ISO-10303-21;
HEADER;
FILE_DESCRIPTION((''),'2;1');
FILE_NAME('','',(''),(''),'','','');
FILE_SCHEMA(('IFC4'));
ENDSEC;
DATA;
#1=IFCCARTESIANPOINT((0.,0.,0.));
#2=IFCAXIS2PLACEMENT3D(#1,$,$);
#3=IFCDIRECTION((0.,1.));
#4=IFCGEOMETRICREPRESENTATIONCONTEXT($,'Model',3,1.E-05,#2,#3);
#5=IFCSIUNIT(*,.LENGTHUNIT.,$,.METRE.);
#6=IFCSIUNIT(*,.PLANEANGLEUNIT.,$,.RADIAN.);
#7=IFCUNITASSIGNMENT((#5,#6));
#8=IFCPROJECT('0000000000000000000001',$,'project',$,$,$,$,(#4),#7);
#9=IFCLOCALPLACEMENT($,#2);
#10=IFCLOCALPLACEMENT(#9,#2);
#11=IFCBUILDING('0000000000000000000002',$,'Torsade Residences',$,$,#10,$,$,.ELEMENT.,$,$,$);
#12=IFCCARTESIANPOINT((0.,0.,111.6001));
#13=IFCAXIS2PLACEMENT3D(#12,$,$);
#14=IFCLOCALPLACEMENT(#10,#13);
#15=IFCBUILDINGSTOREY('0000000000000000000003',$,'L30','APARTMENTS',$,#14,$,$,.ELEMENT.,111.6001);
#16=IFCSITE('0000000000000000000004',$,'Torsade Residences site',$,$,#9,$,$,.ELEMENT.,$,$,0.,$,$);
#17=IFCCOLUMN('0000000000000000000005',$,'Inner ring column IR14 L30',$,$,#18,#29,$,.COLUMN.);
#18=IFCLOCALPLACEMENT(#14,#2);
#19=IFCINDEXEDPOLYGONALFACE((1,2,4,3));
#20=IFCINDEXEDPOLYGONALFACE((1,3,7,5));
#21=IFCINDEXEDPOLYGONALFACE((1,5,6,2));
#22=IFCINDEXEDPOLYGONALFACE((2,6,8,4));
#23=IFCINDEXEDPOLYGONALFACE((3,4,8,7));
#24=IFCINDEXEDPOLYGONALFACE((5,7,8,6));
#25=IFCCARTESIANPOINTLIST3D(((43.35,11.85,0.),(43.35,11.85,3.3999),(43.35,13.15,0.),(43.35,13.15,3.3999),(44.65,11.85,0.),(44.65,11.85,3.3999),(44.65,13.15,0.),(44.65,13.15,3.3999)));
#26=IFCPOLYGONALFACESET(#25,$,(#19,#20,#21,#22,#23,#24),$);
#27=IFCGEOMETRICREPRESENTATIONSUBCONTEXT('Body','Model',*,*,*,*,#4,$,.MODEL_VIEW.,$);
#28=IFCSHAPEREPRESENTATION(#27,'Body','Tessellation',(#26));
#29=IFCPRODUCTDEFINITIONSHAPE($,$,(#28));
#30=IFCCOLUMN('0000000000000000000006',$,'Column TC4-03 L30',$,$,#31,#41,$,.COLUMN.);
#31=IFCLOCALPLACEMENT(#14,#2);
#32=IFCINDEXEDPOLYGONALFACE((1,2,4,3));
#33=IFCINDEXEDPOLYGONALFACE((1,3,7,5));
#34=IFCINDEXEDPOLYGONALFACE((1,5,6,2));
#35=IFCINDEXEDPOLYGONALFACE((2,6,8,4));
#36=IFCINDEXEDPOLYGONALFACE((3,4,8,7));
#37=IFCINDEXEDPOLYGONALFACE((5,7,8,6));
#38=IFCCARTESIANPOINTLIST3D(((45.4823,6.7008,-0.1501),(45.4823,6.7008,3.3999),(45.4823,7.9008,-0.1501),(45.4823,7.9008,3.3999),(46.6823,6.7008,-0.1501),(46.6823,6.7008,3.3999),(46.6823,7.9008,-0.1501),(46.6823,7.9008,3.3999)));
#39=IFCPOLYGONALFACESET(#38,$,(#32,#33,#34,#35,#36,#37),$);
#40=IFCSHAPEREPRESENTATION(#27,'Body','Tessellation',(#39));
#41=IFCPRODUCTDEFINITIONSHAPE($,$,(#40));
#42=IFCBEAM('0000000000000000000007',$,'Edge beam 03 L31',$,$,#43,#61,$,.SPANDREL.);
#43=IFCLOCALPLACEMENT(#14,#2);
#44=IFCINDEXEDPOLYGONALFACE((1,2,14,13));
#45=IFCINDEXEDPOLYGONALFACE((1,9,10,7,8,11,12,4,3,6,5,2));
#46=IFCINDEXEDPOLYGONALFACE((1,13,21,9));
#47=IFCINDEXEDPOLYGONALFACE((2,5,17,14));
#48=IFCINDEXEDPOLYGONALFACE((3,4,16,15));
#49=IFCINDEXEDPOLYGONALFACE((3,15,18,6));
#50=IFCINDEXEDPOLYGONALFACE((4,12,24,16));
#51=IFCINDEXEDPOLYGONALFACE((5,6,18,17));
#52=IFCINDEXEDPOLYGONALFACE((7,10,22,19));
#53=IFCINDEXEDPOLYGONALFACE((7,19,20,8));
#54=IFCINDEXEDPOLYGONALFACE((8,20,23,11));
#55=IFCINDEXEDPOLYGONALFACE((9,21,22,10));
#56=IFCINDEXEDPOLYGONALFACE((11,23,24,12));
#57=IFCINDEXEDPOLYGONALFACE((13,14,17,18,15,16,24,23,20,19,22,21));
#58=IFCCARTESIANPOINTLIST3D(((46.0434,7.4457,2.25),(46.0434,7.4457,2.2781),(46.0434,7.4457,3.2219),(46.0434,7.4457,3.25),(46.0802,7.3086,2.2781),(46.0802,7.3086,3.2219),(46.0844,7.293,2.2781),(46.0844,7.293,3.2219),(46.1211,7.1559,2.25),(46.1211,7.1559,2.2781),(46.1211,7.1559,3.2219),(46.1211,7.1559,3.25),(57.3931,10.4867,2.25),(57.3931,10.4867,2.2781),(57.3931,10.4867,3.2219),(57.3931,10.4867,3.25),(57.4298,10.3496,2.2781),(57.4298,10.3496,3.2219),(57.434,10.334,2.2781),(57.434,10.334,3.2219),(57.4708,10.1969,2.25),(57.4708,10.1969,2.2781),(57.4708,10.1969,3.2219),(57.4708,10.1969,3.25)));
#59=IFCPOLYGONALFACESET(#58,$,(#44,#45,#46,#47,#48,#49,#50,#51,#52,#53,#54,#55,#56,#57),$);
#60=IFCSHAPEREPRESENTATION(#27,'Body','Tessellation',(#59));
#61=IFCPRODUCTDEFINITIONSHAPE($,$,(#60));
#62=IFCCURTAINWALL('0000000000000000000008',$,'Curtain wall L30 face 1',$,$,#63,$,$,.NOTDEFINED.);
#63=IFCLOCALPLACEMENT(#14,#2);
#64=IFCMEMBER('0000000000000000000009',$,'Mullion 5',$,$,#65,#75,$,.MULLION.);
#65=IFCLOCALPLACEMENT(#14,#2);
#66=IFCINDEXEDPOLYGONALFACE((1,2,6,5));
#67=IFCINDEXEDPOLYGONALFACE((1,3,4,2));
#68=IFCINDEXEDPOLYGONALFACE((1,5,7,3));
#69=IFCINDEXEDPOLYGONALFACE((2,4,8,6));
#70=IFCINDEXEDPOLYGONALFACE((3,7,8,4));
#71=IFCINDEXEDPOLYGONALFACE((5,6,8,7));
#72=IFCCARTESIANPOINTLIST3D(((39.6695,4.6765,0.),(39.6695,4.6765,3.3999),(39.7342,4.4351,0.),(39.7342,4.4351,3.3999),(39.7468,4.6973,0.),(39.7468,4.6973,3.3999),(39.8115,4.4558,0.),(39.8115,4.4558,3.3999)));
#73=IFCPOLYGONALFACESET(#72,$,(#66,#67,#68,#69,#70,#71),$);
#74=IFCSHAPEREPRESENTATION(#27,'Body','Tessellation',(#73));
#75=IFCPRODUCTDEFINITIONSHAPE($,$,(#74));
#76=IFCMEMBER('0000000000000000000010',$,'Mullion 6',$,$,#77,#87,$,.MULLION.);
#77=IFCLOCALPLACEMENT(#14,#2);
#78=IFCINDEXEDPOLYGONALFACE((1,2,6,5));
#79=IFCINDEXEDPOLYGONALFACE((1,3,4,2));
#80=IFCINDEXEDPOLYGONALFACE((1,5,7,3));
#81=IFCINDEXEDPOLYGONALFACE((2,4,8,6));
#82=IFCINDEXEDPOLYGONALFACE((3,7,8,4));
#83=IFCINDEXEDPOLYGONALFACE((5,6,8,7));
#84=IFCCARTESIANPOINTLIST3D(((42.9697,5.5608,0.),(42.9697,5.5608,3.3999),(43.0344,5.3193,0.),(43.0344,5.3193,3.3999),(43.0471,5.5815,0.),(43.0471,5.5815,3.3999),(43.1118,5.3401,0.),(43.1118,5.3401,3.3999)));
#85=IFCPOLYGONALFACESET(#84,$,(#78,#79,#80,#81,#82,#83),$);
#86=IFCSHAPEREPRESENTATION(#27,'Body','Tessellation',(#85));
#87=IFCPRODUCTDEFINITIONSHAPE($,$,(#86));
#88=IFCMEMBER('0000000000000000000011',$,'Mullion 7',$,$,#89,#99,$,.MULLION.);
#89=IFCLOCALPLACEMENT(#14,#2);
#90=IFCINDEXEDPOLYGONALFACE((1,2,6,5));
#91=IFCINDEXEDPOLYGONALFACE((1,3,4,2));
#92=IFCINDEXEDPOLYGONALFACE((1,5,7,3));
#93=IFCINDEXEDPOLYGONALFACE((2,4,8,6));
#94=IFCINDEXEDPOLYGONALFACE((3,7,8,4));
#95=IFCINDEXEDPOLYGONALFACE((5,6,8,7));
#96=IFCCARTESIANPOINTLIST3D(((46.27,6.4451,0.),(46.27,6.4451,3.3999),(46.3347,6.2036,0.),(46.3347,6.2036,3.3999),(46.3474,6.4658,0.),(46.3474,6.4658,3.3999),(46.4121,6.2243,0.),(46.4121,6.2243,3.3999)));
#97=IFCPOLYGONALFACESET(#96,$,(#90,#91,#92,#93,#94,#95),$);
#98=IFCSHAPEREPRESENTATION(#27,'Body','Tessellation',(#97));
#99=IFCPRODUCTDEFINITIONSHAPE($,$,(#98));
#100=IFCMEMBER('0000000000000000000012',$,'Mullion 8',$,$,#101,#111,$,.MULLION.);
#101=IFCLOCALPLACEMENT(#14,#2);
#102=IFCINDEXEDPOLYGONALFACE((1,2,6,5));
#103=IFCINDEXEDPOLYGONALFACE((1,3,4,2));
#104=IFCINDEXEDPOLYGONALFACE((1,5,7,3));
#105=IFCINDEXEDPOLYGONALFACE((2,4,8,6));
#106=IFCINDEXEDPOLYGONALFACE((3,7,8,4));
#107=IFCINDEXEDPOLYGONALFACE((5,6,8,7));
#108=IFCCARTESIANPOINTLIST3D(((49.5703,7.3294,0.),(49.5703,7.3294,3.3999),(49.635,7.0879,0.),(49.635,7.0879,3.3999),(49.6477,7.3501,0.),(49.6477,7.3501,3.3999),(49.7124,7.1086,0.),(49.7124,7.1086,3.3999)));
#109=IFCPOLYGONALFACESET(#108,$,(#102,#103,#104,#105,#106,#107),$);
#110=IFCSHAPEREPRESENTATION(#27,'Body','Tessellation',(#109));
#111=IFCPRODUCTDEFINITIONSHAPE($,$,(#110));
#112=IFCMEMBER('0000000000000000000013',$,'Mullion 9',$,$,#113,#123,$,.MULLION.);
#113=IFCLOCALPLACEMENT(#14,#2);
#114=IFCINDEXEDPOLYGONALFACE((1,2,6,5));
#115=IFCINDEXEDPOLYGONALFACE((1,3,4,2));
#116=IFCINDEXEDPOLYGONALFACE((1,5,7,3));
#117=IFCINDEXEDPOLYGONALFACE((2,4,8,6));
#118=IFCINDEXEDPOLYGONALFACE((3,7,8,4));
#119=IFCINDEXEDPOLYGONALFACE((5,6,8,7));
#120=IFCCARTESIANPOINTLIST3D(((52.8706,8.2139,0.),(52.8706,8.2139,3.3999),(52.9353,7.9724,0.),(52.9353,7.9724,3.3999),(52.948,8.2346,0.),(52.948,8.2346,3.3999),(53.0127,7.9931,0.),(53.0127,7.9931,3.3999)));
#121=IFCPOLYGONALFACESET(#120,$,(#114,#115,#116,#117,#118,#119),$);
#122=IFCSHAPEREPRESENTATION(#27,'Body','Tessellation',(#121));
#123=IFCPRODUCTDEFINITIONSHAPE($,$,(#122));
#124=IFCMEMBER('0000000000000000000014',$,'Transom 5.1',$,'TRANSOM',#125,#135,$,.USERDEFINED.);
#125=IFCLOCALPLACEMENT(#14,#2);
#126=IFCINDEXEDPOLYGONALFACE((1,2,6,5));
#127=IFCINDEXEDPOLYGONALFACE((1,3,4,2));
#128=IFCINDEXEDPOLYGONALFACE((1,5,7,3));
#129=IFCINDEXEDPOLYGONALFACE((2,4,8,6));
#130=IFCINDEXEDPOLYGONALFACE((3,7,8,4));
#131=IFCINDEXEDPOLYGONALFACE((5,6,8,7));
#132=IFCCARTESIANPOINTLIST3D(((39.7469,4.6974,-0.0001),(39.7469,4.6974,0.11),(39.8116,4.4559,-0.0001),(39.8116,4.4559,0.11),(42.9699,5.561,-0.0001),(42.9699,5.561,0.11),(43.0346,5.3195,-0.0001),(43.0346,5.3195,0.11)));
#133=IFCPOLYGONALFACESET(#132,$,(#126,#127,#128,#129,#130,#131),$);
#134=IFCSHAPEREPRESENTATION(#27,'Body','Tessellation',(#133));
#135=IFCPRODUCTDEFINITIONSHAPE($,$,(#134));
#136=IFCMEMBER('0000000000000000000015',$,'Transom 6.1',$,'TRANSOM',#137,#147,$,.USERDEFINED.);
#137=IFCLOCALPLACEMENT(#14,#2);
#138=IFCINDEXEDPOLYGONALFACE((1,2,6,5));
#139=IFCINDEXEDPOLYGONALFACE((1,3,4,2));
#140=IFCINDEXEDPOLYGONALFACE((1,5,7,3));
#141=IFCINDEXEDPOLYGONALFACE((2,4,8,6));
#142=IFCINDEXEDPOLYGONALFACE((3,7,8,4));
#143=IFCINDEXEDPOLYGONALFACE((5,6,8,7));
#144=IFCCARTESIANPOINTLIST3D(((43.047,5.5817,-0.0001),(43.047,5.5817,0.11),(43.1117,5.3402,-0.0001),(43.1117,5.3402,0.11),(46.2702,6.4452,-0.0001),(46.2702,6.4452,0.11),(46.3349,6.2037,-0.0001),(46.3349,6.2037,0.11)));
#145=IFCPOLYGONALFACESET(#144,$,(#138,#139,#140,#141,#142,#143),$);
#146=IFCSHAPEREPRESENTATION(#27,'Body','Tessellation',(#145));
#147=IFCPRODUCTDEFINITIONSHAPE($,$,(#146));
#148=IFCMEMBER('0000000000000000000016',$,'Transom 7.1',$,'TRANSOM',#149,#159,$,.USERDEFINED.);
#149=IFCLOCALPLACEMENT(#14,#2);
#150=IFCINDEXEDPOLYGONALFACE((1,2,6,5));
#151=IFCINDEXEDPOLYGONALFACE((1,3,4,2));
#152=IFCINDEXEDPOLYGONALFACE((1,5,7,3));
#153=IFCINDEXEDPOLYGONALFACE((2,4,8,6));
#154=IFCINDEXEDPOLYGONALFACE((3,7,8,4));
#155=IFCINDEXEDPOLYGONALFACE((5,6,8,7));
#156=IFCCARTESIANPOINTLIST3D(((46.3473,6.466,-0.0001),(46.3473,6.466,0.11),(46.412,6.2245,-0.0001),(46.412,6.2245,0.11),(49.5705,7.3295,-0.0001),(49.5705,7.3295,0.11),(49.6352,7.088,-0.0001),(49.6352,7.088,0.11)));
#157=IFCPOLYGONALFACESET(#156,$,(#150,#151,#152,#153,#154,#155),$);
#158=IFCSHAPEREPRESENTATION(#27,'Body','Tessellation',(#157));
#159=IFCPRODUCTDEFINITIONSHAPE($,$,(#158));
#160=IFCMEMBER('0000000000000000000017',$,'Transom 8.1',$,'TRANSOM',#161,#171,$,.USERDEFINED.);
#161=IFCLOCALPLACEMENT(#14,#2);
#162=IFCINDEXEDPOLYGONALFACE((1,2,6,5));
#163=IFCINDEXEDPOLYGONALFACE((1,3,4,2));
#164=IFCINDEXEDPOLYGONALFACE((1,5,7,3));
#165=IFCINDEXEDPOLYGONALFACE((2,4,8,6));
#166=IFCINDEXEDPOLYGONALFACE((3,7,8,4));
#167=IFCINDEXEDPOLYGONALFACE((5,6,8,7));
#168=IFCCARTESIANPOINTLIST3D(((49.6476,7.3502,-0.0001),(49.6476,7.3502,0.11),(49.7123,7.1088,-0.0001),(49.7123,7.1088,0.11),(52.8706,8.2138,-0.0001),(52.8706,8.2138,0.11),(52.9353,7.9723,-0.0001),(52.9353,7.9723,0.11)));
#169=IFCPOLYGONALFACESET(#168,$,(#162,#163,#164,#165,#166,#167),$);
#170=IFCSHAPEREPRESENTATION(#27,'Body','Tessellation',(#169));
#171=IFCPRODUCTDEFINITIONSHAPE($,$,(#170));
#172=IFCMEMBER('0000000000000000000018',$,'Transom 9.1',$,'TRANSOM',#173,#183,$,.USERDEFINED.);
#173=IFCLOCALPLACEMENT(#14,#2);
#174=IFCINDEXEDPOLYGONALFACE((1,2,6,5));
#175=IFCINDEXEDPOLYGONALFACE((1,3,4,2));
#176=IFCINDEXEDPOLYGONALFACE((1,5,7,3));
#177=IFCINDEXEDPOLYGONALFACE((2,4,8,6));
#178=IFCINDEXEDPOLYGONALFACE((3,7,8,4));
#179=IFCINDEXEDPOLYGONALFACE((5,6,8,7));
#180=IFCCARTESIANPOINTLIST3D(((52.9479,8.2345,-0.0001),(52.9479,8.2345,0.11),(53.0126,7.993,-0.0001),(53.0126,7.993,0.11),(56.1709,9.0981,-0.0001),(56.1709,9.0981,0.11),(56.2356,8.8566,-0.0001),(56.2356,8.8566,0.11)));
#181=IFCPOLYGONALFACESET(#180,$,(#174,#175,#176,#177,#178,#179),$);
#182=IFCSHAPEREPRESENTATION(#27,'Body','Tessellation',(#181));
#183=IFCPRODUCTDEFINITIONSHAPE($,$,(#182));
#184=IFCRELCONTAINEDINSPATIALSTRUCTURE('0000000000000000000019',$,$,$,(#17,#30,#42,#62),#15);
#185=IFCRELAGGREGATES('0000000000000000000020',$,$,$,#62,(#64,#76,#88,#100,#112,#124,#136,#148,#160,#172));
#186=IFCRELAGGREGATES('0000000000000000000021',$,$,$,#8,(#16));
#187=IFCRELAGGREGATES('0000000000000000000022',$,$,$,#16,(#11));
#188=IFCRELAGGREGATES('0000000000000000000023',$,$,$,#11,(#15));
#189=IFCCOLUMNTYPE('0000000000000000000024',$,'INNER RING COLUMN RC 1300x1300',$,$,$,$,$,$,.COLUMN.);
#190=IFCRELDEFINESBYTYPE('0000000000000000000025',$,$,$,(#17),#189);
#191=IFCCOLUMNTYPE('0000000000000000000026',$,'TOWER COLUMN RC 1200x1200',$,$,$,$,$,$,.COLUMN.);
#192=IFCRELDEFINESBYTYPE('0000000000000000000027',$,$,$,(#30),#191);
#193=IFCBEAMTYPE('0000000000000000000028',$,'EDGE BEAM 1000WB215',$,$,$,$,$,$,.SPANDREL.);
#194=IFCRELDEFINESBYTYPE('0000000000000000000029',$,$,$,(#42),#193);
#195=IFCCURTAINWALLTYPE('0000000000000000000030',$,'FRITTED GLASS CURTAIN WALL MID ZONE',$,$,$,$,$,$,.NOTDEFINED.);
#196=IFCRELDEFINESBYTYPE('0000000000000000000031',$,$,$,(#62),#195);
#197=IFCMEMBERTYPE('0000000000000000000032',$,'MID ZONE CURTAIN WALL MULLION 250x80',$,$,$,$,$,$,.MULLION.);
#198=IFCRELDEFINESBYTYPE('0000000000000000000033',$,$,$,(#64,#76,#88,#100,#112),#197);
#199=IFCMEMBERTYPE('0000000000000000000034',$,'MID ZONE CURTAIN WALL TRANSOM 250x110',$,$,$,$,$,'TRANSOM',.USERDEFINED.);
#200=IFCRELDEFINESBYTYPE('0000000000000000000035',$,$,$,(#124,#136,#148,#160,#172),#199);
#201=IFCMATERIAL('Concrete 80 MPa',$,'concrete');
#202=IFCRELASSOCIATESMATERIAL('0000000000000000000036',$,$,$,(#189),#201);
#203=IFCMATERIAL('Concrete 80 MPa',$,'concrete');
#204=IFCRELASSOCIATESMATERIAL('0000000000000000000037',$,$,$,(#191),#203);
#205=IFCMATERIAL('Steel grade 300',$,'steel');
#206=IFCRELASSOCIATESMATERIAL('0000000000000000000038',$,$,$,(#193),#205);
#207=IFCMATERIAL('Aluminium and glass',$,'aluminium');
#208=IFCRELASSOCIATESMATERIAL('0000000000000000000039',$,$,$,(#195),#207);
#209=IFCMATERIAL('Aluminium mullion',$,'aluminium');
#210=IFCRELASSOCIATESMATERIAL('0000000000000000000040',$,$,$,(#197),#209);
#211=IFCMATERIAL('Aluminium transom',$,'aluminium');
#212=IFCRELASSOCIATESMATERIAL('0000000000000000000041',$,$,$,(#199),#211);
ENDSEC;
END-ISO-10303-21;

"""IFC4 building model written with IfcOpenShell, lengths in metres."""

from ifc_helpers import new_model, si_unit, direction, frame, origin, origin_2d, place, context, subcontext, project, spatial, rectangle, i_section, extrude, material, material_profile, profile_set, type_object, element, aggregate, save


model = new_model("IFC4")

# Units and contexts
model_context = context("Model", 3, precision=1e-05, world=origin(), true_north=direction((0.0, 1.0)))
body_context = subcontext(model_context, "Body", "Model", "MODEL_VIEW")
ifc_project = project(units=[si_unit("LENGTHUNIT", "METRE"), si_unit("PLANEANGLEUNIT", "RADIAN")], contexts=[model_context])

# Site, building, storey
site_placement = place(None, origin())
site = spatial("IfcSite", under=ifc_project, at=site_placement, Name="Torsade Residences site", CompositionType="ELEMENT", RefElevation=0.0)
building_placement = place(site_placement, origin())
building = spatial("IfcBuilding", under=site, at=building_placement, Name="Torsade Residences", CompositionType="ELEMENT")
storey_placement = place(building_placement, frame((0.0, 0.0, 111.6001)))
storey = spatial("IfcBuildingStorey", under=building, at=storey_placement, Name="L30", Description="APARTMENTS", CompositionType="ELEMENT", Elevation=111.6001)

# Columns
ifc_material_1 = material(Name="Concrete 80 MPa", Category="concrete")
ifc_material_profile_1 = material_profile(ifc_material_1, rectangle(XDim=1.3, YDim=1.3, at=origin_2d()), Name="RC 1300x1300")
ifc_profile_set_1 = profile_set([ifc_material_profile_1], Name="Concrete 80 MPa")
column_type_1 = type_object("IfcColumnType", Name="INNER RING COLUMN RC 1300x1300", PredefinedType="COLUMN", material=ifc_profile_set_1)
column_1_placement = place(storey_placement, frame((44.0, 12.5, 0.0), z_axis=(0.0, 0.0, 1.0), x_axis=(1.0, 0.0, 0.0)))
element("IfcColumn", 1, at=column_1_placement, inside=storey, type_object=column_type_1, Name="Inner ring column IR14 L30", PredefinedType="COLUMN", context=body_context, shape_type="SweptSolid", body=[
    extrude(rectangle(XDim=1.3, YDim=1.3, at=origin_2d()), origin(), (0.0, 0.0, 1.0), 3.3999),
])
ifc_material_2 = material(Name="Concrete 80 MPa", Category="concrete")
ifc_material_profile_2 = material_profile(ifc_material_2, rectangle(XDim=1.2, YDim=1.2, at=origin_2d()), Name="RC 1200x1200")
ifc_profile_set_2 = profile_set([ifc_material_profile_2], Name="Concrete 80 MPa")
column_type_2 = type_object("IfcColumnType", Name="TOWER COLUMN RC 1200x1200", PredefinedType="COLUMN", material=ifc_profile_set_2)
column_2_placement = place(storey_placement, frame((46.0823, 7.3008, -0.1501), z_axis=(0.0, 0.0, 1.0), x_axis=(1.0, 0.0, 0.0)))
element("IfcColumn", 2, at=column_2_placement, inside=storey, type_object=column_type_2, Name="Column TC4-03 L30", PredefinedType="COLUMN", context=body_context, shape_type="SweptSolid", body=[
    extrude(rectangle(XDim=1.2, YDim=1.2, at=origin_2d()), origin(), (0.0, 0.0, 1.0), 3.55),
])

# Beam
ifc_material_3 = material(Name="Steel grade 300", Category="steel")
ifc_material_profile_3 = material_profile(ifc_material_3, i_section(OverallWidth=0.3, OverallDepth=1.0, WebThickness=0.0161, FlangeThickness=0.0281, at=origin_2d()), Name="1000WB215")
ifc_profile_set_3 = profile_set([ifc_material_profile_3], Name="Steel grade 300")
beam_type_1 = type_object("IfcBeamType", Name="EDGE BEAM 1000WB215", PredefinedType="SPANDREL", material=ifc_profile_set_3)
beam_1_placement = place(storey_placement, frame((46.0823, 7.3008, 2.75), z_axis=(0.965928, 0.258811, 0.0), x_axis=(-0.258811, 0.965928, 0.0)))
element("IfcBeam", 3, at=beam_1_placement, inside=storey, type_object=beam_type_1, Name="Edge beam 03 L31", PredefinedType="SPANDREL", context=body_context, shape_type="SweptSolid", body=[
    extrude(i_section(OverallWidth=0.3, OverallDepth=1.0, WebThickness=0.0161, FlangeThickness=0.0281, at=origin_2d()), origin(), (0.0, 0.0, 1.0), 11.75),
])

# Curtain wall, members
ifc_material_4 = material(Name="Aluminium and glass", Category="aluminium")
curtain_wall_type = type_object("IfcCurtainWallType", Name="FRITTED GLASS CURTAIN WALL MID ZONE", PredefinedType="NOTDEFINED", material=ifc_material_4)
curtain_wall_placement = place(storey_placement, origin())
curtain_wall = element("IfcCurtainWall", 4, at=curtain_wall_placement, inside=storey, type_object=curtain_wall_type, Name="Curtain wall L30 face 1", PredefinedType="NOTDEFINED")
ifc_material_5 = material(Name="Aluminium mullion", Category="aluminium")
ifc_material_profile_4 = material_profile(ifc_material_5, rectangle(XDim=0.25, YDim=0.0801, at=origin_2d()), Name="MID ZONE CURTAIN WALL MULLION 250x80")
ifc_profile_set_4 = profile_set([ifc_material_profile_4], Name="Aluminium mullion")
member_type_1 = type_object("IfcMemberType", Name="MID ZONE CURTAIN WALL MULLION 250x80", PredefinedType="MULLION", material=ifc_profile_set_4)
member_1_placement = place(storey_placement, frame((39.7405, 4.5662, 0.0), z_axis=(0.0, 0.0, 1.0), x_axis=(-0.258819, 0.965926, 0.0)))
member_1 = element("IfcMember", 5, at=member_1_placement, type_object=member_type_1, Name="Mullion 5", PredefinedType="MULLION", context=body_context, shape_type="SweptSolid", body=[
    extrude(rectangle(XDim=0.25, YDim=0.0801, at=origin_2d()), origin(), (0.0, 0.0, 1.0), 3.3999),
])
member_2_placement = place(storey_placement, frame((43.0408, 5.4504, 0.0), z_axis=(0.0, 0.0, 1.0), x_axis=(-0.258819, 0.965926, 0.0)))
member_2 = element("IfcMember", 6, at=member_2_placement, type_object=member_type_1, Name="Mullion 6", PredefinedType="MULLION", context=body_context, shape_type="SweptSolid", body=[
    extrude(rectangle(XDim=0.25, YDim=0.0801, at=origin_2d()), origin(), (0.0, 0.0, 1.0), 3.3999),
])
member_3_placement = place(storey_placement, frame((46.3411, 6.3347, 0.0), z_axis=(0.0, 0.0, 1.0), x_axis=(-0.258819, 0.965926, 0.0)))
member_3 = element("IfcMember", 7, at=member_3_placement, type_object=member_type_1, Name="Mullion 7", PredefinedType="MULLION", context=body_context, shape_type="SweptSolid", body=[
    extrude(rectangle(XDim=0.25, YDim=0.0801, at=origin_2d()), origin(), (0.0, 0.0, 1.0), 3.3999),
])
member_4_placement = place(storey_placement, frame((49.6414, 7.219, 0.0), z_axis=(0.0, 0.0, 1.0), x_axis=(-0.258819, 0.965926, 0.0)))
member_4 = element("IfcMember", 8, at=member_4_placement, type_object=member_type_1, Name="Mullion 8", PredefinedType="MULLION", context=body_context, shape_type="SweptSolid", body=[
    extrude(rectangle(XDim=0.25, YDim=0.0801, at=origin_2d()), origin(), (0.0, 0.0, 1.0), 3.3999),
])
member_5_placement = place(storey_placement, frame((52.9417, 8.1035, 0.0), z_axis=(0.0, 0.0, 1.0), x_axis=(-0.258819, 0.965926, 0.0)))
member_5 = element("IfcMember", 9, at=member_5_placement, type_object=member_type_1, Name="Mullion 9", PredefinedType="MULLION", context=body_context, shape_type="SweptSolid", body=[
    extrude(rectangle(XDim=0.25, YDim=0.0801, at=origin_2d()), origin(), (0.0, 0.0, 1.0), 3.3999),
])
ifc_material_6 = material(Name="Aluminium transom", Category="aluminium")
ifc_material_profile_5 = material_profile(ifc_material_6, rectangle(XDim=0.25, YDim=0.1101, at=origin_2d()), Name="MID ZONE CURTAIN WALL TRANSOM 250x110")
ifc_profile_set_5 = profile_set([ifc_material_profile_5], Name="Aluminium transom")
member_type_2 = type_object("IfcMemberType", Name="MID ZONE CURTAIN WALL TRANSOM 250x110", ElementType="TRANSOM", PredefinedType="USERDEFINED", material=ifc_profile_set_5)
member_6_placement = place(storey_placement, frame((39.7793, 4.5767, 0.0549), z_axis=(0.965929, 0.258806, 0.0), x_axis=(-0.258806, 0.965929, 0.0)))
member_6 = element("IfcMember", 10, at=member_6_placement, type_object=member_type_2, Name="Transom 5.1", ObjectType="TRANSOM", PredefinedType="USERDEFINED", context=body_context, shape_type="SweptSolid", body=[
    extrude(rectangle(XDim=0.25, YDim=0.1101, at=origin_2d()), origin(), (0.0, 0.0, 1.0), 3.3367),
])
member_7_placement = place(storey_placement, frame((43.0793, 5.4609, 0.0549), z_axis=(0.965934, 0.258787, 0.0), x_axis=(-0.258787, 0.965934, 0.0)))
member_7 = element("IfcMember", 11, at=member_7_placement, type_object=member_type_2, Name="Transom 6.1", ObjectType="TRANSOM", PredefinedType="USERDEFINED", context=body_context, shape_type="SweptSolid", body=[
    extrude(rectangle(XDim=0.25, YDim=0.1101, at=origin_2d()), origin(), (0.0, 0.0, 1.0), 3.3369),
])
member_8_placement = place(storey_placement, frame((46.3796, 6.3452, 0.0549), z_axis=(0.965934, 0.258787, 0.0), x_axis=(-0.258787, 0.965934, 0.0)))
member_8 = element("IfcMember", 12, at=member_8_placement, type_object=member_type_2, Name="Transom 7.1", ObjectType="TRANSOM", PredefinedType="USERDEFINED", context=body_context, shape_type="SweptSolid", body=[
    extrude(rectangle(XDim=0.25, YDim=0.1101, at=origin_2d()), origin(), (0.0, 0.0, 1.0), 3.3369),
])
member_9_placement = place(storey_placement, frame((49.6799, 7.2295, 0.0549), z_axis=(0.965929, 0.258806, 0.0), x_axis=(-0.258806, 0.965929, 0.0)))
member_9 = element("IfcMember", 13, at=member_9_placement, type_object=member_type_2, Name="Transom 8.1", ObjectType="TRANSOM", PredefinedType="USERDEFINED", context=body_context, shape_type="SweptSolid", body=[
    extrude(rectangle(XDim=0.25, YDim=0.1101, at=origin_2d()), origin(), (0.0, 0.0, 1.0), 3.3367),
])
member_10_placement = place(storey_placement, frame((52.9802, 8.1138, 0.0549), z_axis=(0.965929, 0.258806, 0.0), x_axis=(-0.258806, 0.965929, 0.0)))
member_10 = element("IfcMember", 14, at=member_10_placement, type_object=member_type_2, Name="Transom 9.1", ObjectType="TRANSOM", PredefinedType="USERDEFINED", context=body_context, shape_type="SweptSolid", body=[
    extrude(rectangle(XDim=0.25, YDim=0.1101, at=origin_2d()), origin(), (0.0, 0.0, 1.0), 3.3367),
])

aggregate(curtain_wall, [member_1, member_2, member_3, member_4, member_5, member_6, member_7, member_8, member_9, member_10])

save(model, "model.ifc")
